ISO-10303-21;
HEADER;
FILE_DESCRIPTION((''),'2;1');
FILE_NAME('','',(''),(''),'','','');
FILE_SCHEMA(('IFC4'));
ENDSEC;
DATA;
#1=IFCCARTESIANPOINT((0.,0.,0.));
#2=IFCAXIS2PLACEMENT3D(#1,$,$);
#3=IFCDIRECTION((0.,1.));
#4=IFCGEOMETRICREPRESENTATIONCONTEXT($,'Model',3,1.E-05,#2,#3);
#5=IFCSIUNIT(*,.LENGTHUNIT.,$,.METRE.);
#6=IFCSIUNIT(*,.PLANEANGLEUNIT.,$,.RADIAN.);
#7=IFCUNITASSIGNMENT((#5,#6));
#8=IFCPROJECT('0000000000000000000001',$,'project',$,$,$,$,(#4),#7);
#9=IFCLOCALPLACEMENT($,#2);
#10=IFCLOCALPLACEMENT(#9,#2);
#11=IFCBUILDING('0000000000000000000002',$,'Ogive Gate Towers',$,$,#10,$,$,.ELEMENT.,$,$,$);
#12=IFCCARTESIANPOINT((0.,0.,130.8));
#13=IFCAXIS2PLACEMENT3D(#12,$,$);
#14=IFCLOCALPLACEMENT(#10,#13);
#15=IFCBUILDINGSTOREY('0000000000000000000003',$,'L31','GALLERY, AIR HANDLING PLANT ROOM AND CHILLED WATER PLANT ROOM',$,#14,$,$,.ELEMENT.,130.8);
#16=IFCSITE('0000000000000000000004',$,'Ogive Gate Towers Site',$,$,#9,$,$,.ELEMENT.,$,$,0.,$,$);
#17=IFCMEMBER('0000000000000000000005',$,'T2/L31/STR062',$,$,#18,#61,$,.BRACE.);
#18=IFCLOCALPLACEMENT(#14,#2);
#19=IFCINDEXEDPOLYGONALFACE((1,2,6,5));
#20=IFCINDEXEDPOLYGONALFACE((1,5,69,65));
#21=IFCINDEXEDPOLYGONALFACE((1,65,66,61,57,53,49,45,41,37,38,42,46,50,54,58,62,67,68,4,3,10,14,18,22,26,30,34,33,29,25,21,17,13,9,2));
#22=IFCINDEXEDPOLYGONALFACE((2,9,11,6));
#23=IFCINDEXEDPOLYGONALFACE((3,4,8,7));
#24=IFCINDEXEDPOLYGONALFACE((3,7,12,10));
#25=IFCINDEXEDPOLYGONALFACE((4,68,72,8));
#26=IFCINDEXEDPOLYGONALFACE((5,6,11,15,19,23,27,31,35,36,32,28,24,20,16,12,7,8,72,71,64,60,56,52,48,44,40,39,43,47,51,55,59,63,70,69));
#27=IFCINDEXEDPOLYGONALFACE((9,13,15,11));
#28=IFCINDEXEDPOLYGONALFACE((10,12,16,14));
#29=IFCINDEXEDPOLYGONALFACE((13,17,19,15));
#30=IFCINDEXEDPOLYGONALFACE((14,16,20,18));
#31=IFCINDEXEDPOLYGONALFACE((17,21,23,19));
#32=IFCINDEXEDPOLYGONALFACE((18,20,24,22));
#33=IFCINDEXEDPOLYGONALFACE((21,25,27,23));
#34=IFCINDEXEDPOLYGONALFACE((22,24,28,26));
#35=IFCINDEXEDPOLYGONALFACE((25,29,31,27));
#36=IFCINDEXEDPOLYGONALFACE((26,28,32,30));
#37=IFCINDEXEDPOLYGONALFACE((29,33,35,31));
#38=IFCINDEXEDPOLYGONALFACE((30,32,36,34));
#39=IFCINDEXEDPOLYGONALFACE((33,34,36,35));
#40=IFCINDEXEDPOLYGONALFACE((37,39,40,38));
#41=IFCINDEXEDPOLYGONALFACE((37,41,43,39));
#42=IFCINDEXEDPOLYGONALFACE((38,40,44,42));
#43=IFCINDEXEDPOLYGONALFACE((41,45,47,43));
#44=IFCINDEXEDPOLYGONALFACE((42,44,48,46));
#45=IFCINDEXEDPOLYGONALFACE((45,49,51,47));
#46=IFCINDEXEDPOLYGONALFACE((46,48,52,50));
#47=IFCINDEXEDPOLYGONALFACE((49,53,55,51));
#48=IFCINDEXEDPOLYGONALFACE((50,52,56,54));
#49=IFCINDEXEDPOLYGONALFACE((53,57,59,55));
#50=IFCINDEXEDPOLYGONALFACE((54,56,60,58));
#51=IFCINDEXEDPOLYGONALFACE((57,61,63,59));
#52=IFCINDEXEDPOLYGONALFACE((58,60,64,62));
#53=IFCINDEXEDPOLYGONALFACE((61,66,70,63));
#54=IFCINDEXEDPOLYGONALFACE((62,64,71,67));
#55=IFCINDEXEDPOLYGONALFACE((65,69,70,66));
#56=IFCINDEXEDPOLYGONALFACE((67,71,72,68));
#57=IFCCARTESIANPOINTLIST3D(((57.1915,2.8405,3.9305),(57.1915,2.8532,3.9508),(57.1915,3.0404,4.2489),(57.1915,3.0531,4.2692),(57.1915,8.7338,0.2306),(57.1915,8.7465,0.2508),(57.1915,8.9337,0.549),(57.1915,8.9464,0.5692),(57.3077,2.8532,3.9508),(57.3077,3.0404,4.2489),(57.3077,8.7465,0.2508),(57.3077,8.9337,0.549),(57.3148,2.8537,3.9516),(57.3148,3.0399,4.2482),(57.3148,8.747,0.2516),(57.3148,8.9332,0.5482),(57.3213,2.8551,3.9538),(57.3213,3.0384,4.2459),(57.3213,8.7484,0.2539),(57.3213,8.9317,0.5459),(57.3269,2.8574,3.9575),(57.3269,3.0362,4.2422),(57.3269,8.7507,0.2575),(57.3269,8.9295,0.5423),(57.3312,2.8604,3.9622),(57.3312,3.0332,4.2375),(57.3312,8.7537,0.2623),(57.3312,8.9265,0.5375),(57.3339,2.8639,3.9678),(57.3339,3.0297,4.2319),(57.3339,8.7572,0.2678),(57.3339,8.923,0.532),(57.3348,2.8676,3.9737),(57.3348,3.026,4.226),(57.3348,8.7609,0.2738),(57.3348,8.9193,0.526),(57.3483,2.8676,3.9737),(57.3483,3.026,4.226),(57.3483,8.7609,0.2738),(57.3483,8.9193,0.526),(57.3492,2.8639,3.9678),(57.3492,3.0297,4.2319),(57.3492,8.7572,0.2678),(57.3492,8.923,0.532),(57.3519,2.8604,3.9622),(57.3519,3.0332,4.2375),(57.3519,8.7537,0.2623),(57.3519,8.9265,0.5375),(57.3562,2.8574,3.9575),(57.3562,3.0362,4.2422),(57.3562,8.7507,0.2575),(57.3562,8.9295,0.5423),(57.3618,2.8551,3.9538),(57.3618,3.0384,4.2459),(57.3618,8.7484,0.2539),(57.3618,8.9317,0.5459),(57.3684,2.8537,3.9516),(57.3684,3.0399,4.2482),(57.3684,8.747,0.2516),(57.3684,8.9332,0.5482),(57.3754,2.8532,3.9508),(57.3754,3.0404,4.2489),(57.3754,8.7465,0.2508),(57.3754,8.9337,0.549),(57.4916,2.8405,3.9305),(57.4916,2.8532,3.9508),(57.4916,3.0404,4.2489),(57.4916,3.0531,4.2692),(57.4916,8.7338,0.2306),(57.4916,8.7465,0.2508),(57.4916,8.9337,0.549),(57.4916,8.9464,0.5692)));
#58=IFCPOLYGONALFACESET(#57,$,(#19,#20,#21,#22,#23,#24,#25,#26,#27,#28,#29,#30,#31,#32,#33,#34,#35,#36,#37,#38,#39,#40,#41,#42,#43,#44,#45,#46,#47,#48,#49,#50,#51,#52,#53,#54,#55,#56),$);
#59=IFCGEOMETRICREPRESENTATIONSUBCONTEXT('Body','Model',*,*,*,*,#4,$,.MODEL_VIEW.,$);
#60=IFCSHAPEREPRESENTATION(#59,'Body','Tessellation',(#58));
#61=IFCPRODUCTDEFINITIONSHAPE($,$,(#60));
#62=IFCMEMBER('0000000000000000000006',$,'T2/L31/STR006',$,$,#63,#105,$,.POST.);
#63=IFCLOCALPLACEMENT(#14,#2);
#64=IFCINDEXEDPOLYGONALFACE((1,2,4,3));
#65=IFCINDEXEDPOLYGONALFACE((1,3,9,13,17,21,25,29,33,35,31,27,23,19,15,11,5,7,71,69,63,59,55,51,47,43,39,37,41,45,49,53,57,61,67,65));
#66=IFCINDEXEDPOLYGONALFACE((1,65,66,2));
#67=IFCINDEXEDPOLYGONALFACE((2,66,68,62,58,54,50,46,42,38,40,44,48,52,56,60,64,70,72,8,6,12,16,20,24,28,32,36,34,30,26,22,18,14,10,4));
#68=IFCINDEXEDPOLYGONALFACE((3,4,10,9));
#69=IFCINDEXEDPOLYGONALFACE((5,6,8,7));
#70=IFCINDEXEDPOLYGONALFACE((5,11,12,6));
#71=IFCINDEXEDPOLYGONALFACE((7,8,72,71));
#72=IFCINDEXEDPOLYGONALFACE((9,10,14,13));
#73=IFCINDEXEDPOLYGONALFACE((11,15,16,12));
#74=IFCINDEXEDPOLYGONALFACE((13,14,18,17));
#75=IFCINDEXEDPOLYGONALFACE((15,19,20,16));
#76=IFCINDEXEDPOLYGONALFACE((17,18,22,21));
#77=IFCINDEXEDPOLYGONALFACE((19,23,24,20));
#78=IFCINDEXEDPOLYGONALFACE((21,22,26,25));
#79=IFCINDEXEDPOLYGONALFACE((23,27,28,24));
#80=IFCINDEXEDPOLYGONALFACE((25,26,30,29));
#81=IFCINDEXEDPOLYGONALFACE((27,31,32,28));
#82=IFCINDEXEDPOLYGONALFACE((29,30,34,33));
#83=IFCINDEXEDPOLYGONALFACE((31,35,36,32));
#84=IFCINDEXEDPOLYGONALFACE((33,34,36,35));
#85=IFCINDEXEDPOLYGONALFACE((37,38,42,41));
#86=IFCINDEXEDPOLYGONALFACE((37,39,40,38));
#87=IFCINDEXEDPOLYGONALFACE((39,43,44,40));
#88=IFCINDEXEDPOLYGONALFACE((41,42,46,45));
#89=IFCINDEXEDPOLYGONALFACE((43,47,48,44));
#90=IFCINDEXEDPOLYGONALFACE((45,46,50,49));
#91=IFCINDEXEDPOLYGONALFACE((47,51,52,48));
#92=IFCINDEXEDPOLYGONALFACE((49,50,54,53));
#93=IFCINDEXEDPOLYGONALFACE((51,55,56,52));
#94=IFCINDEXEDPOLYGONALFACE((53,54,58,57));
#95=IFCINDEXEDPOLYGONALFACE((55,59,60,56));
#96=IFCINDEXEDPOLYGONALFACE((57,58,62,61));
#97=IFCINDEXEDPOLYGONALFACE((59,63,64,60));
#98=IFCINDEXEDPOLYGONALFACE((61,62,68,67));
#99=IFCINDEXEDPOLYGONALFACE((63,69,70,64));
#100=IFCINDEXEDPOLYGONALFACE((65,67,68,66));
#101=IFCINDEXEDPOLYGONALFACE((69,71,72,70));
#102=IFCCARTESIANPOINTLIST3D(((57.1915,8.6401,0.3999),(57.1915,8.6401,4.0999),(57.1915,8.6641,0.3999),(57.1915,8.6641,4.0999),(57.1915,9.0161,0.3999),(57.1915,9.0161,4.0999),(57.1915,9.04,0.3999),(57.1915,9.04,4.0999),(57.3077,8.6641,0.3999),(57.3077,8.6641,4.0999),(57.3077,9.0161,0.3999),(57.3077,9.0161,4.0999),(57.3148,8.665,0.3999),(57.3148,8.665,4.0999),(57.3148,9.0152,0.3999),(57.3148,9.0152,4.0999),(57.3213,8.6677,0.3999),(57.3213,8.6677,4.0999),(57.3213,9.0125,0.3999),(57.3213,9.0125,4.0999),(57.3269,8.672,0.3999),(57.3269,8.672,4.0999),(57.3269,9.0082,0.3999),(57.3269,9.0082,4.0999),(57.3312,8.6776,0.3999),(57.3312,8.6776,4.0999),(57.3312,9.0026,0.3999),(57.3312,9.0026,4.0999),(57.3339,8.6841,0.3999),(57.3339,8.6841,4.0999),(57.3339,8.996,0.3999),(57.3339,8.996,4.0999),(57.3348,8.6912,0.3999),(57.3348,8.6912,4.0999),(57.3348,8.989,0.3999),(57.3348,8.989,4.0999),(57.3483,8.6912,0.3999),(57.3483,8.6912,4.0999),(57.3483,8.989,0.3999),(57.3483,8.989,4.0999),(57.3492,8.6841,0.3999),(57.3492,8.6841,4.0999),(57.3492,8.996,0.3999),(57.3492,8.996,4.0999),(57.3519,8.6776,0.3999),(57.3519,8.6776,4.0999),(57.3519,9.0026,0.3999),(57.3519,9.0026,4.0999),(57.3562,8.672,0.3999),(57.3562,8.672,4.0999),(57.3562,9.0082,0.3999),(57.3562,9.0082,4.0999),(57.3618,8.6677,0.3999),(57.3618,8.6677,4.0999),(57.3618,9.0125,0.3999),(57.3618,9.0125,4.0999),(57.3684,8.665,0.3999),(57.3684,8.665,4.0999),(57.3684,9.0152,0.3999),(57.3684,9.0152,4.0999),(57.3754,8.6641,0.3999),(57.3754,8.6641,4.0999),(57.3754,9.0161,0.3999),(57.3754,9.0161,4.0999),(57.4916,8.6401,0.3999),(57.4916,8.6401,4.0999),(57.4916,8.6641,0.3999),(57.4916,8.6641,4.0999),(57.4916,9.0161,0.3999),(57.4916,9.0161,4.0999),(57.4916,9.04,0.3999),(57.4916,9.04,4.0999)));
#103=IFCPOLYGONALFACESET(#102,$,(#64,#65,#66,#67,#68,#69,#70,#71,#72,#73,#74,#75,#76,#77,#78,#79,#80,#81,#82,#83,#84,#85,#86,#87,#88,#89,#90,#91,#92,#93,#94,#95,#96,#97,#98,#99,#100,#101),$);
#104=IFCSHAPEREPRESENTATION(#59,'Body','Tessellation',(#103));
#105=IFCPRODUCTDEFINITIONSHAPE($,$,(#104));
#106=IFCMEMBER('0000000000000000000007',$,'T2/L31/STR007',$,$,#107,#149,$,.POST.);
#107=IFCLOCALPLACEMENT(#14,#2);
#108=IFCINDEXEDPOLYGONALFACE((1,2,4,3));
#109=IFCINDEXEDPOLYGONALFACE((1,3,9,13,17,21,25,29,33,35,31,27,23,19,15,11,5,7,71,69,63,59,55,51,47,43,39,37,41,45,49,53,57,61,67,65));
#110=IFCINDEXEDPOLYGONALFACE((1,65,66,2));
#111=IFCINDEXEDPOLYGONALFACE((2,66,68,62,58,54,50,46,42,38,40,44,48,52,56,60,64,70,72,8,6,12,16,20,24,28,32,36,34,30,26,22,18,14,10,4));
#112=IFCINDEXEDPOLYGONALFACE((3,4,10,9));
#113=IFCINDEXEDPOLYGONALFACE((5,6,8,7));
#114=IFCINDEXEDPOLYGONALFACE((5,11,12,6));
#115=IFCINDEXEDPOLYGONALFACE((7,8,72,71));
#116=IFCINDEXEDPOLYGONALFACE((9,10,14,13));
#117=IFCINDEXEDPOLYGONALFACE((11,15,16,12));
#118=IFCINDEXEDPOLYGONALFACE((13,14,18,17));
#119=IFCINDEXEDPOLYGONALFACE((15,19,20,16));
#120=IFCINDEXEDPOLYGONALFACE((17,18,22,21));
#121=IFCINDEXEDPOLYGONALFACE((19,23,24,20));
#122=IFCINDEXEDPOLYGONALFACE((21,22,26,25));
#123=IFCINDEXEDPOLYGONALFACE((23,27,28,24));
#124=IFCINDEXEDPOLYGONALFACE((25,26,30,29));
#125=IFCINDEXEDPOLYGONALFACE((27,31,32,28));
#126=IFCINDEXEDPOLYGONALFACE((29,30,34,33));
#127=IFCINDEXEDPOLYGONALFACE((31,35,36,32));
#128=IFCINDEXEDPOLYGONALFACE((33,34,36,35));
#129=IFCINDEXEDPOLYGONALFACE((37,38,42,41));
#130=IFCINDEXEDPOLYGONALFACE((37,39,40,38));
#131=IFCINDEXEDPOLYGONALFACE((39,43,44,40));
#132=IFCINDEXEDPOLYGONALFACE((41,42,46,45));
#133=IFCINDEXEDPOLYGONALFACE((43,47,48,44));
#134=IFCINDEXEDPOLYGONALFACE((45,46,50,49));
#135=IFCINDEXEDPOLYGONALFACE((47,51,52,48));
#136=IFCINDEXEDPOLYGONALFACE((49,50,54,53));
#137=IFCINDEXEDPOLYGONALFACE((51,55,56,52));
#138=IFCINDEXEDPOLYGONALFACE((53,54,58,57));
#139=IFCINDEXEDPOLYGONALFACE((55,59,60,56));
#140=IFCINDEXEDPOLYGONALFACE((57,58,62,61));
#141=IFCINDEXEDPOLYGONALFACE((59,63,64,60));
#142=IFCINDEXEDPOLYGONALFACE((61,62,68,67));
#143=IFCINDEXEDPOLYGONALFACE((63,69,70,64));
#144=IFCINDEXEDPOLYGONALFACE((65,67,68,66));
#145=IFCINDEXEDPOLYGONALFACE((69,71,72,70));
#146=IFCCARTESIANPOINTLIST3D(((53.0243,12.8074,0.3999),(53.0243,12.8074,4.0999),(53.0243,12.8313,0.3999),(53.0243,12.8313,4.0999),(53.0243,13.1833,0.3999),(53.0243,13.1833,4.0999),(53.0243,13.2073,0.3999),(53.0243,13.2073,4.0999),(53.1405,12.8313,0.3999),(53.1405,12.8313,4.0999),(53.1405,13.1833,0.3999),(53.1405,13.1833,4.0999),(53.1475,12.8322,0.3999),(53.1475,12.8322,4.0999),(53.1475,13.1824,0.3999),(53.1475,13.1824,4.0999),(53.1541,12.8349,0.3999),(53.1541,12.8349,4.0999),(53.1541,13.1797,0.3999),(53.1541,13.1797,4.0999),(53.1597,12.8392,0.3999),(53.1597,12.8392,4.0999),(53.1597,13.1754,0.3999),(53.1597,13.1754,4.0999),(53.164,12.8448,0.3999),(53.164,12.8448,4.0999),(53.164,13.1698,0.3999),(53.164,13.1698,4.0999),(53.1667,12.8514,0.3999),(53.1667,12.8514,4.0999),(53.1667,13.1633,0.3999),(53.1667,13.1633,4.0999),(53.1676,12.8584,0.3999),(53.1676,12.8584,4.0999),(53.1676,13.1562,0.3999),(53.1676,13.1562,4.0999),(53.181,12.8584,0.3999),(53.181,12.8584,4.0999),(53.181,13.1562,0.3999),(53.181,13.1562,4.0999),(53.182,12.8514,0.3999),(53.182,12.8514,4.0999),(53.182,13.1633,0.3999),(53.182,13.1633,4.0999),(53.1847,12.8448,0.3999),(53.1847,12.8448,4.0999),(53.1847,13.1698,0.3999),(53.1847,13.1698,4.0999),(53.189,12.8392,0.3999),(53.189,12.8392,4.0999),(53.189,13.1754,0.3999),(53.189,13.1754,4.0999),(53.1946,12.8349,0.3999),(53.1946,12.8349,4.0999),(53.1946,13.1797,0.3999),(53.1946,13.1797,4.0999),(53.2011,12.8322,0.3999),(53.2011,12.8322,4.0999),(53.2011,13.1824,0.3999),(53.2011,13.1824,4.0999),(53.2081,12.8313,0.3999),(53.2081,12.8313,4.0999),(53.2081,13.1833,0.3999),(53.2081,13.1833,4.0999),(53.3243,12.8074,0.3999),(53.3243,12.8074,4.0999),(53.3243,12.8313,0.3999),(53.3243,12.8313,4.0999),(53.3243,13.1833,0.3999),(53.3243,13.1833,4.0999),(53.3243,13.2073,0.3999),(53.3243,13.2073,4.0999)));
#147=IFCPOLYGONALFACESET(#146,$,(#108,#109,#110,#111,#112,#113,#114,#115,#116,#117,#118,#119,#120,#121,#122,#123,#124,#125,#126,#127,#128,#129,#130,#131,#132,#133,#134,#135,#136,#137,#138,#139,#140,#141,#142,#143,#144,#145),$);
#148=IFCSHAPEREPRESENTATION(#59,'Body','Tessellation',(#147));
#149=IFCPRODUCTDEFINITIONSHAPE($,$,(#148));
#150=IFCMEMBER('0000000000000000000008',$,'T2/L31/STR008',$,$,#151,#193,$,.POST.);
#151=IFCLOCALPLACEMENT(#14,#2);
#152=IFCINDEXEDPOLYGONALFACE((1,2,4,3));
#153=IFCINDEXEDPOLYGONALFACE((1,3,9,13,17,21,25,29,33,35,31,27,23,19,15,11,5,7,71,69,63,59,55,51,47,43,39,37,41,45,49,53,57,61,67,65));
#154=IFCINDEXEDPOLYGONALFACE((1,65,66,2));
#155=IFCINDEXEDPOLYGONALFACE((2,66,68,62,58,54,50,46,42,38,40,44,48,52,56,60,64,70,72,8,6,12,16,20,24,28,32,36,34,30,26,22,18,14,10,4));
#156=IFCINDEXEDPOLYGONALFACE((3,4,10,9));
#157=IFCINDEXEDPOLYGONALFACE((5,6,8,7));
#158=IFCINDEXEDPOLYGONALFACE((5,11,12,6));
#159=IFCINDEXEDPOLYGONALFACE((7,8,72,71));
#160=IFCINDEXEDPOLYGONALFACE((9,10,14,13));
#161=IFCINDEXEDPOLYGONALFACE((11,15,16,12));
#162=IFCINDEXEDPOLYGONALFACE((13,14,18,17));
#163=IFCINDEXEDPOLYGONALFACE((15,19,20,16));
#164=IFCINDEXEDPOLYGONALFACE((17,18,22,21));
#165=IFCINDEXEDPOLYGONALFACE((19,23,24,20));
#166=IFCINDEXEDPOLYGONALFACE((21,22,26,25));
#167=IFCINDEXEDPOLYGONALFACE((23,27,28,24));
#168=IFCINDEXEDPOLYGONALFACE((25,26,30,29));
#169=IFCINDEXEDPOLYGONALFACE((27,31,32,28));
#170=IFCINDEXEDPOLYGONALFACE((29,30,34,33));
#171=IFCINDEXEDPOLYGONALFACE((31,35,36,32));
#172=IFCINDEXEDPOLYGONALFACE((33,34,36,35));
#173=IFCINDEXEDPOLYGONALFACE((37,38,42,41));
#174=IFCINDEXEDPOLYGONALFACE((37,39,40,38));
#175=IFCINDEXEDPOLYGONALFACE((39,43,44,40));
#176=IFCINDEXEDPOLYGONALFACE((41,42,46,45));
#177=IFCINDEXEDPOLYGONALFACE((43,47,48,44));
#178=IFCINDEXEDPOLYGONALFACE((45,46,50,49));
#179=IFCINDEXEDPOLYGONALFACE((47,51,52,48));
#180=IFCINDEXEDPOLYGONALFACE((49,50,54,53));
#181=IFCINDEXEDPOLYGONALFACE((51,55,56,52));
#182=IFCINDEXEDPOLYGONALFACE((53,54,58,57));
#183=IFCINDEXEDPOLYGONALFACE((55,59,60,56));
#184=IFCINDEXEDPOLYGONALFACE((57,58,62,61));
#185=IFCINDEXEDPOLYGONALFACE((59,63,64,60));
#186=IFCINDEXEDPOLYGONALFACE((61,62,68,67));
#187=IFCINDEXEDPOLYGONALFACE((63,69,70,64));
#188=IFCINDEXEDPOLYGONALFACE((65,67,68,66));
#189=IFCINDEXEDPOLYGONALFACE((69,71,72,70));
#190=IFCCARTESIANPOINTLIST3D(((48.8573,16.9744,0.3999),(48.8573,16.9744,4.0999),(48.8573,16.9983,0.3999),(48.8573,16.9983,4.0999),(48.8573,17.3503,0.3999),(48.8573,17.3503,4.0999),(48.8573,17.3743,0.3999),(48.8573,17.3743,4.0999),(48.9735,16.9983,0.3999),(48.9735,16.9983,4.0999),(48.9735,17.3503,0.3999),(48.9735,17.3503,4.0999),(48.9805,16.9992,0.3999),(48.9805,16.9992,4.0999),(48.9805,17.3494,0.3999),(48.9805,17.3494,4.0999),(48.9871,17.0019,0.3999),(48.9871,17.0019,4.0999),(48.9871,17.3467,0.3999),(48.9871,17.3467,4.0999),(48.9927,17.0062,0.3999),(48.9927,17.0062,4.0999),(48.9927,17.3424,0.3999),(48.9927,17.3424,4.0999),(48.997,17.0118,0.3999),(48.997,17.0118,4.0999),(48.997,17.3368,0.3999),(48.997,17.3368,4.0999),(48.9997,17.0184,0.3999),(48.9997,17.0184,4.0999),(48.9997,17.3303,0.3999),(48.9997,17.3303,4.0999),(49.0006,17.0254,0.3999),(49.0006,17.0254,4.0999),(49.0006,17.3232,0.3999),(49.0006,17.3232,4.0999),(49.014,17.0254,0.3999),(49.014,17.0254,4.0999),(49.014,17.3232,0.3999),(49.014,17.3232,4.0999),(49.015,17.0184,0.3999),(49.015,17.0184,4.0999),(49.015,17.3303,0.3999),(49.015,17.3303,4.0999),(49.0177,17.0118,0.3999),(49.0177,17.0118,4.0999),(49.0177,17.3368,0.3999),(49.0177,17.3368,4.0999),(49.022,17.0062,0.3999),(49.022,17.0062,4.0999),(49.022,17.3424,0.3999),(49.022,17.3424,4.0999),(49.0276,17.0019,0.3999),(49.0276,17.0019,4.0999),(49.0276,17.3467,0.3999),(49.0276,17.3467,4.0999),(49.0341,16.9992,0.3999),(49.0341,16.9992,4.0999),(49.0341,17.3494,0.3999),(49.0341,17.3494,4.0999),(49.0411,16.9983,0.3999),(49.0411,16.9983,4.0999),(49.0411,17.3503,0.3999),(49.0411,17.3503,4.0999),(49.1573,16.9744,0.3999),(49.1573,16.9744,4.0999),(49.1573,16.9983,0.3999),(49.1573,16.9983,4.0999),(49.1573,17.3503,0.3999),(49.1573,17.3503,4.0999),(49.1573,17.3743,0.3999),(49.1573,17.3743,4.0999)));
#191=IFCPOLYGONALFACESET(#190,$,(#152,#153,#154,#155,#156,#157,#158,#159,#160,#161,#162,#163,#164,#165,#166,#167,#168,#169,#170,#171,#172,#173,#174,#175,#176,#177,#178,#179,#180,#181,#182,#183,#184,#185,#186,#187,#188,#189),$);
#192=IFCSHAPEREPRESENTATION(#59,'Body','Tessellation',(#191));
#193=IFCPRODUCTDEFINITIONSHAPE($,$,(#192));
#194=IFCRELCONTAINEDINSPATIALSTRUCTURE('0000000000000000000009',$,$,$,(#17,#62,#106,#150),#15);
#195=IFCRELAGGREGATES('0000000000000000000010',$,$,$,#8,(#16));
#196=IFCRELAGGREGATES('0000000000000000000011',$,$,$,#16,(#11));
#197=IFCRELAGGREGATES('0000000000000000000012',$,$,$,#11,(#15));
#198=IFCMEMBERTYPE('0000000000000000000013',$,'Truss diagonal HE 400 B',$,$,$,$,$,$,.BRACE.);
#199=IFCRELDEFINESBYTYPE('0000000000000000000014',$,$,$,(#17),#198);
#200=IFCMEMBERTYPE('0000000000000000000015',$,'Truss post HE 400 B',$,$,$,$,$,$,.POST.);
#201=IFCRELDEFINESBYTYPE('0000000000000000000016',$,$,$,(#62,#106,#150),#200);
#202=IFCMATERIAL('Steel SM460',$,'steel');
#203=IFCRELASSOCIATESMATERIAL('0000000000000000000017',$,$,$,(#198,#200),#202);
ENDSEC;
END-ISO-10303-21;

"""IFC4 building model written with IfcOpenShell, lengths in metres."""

from ifc_helpers import new_model, si_unit, direction, frame, origin, origin_2d, place, context, subcontext, project, spatial, i_section, extrude, material, material_profile, profile_set, type_object, element, save


model = new_model("IFC4")

# Units and contexts
model_context = context("Model", 3, precision=1e-05, world=origin(), true_north=direction((0.0, 1.0)))
body_context = subcontext(model_context, "Body", "Model", "MODEL_VIEW")
ifc_project = project(units=[si_unit("LENGTHUNIT", "METRE"), si_unit("PLANEANGLEUNIT", "RADIAN")], contexts=[model_context])

# Site, building, storey
site_placement = place(None, origin())
site = spatial("IfcSite", under=ifc_project, at=site_placement, Name="Ogive Gate Towers Site", CompositionType="ELEMENT", RefElevation=0.0)
building_placement = place(site_placement, origin())
building = spatial("IfcBuilding", under=site, at=building_placement, Name="Ogive Gate Towers", CompositionType="ELEMENT")
storey_placement = place(building_placement, frame((0.0, 0.0, 130.8)))
storey = spatial("IfcBuildingStorey", under=building, at=storey_placement, Name="L31", Description="GALLERY, AIR HANDLING PLANT ROOM AND CHILLED WATER PLANT ROOM", CompositionType="ELEMENT", Elevation=130.8)

# Shared definitions
ifc_material_1 = material(Name="Steel SM460", Category="steel")

# Members
ifc_material_profile_1 = material_profile(ifc_material_1, i_section(OverallWidth=0.3, OverallDepth=0.3999, WebThickness=0.0134, FlangeThickness=0.0239, FilletRadius=0.0271, at=origin_2d()), Name="HE 400 B")
ifc_profile_set_1 = profile_set([ifc_material_profile_1], Name="Steel SM460")
member_type_1 = type_object("IfcMemberType", Name="Truss diagonal HE 400 B", PredefinedType="BRACE", material=ifc_profile_set_1)
for number, where, z_axis, x_axis, name in (
    (1, (57.3416, 2.9468, 4.0999), (0.0, 0.846922, -0.531717), (-1.0, 0.0, 0.0), "T2/L31/STR062"),
):
    element("IfcMember", number, at=place(storey_placement, frame(where, z_axis=z_axis, x_axis=x_axis)), inside=storey, type_object=member_type_1, Name=name, PredefinedType="BRACE", context=body_context, shape_type="SweptSolid", body=[
        extrude(i_section(OverallWidth=0.3, OverallDepth=0.3999, WebThickness=0.0134, FlangeThickness=0.0239, FilletRadius=0.0271, at=origin_2d()), origin(), (0.0, 0.0, 1.0), 6.9585),
    ])
ifc_material_profile_2 = material_profile(ifc_material_1, i_section(OverallWidth=0.3, OverallDepth=0.3999, WebThickness=0.0134, FlangeThickness=0.0239, FilletRadius=0.0271, at=origin_2d()), Name="HE 400 B")
ifc_profile_set_2 = profile_set([ifc_material_profile_2], Name="Steel SM460")
member_type_2 = type_object("IfcMemberType", Name="Truss post HE 400 B", PredefinedType="POST", material=ifc_profile_set_2)
for number, where, z_axis, x_axis, name in (
    (2, (57.3416, 8.8401, 0.3999), (0.0, 0.0, 1.0), (1.0, 0.0, 0.0), "T2/L31/STR006"),
    (3, (53.1743, 13.0073, 0.3999), (0.0, 0.0, 1.0), (1.0, 0.0, 0.0), "T2/L31/STR007"),
    (4, (49.0073, 17.1743, 0.3999), (0.0, 0.0, 1.0), (1.0, 0.0, 0.0), "T2/L31/STR008"),
):
    element("IfcMember", number, at=place(storey_placement, frame(where, z_axis=z_axis, x_axis=x_axis)), inside=storey, type_object=member_type_2, Name=name, PredefinedType="POST", context=body_context, shape_type="SweptSolid", body=[
        extrude(i_section(OverallWidth=0.3, OverallDepth=0.3999, WebThickness=0.0134, FlangeThickness=0.0239, FilletRadius=0.0271, at=origin_2d()), origin(), (0.0, 0.0, 1.0), 3.7),
    ])

save(model, "model.ifc")
